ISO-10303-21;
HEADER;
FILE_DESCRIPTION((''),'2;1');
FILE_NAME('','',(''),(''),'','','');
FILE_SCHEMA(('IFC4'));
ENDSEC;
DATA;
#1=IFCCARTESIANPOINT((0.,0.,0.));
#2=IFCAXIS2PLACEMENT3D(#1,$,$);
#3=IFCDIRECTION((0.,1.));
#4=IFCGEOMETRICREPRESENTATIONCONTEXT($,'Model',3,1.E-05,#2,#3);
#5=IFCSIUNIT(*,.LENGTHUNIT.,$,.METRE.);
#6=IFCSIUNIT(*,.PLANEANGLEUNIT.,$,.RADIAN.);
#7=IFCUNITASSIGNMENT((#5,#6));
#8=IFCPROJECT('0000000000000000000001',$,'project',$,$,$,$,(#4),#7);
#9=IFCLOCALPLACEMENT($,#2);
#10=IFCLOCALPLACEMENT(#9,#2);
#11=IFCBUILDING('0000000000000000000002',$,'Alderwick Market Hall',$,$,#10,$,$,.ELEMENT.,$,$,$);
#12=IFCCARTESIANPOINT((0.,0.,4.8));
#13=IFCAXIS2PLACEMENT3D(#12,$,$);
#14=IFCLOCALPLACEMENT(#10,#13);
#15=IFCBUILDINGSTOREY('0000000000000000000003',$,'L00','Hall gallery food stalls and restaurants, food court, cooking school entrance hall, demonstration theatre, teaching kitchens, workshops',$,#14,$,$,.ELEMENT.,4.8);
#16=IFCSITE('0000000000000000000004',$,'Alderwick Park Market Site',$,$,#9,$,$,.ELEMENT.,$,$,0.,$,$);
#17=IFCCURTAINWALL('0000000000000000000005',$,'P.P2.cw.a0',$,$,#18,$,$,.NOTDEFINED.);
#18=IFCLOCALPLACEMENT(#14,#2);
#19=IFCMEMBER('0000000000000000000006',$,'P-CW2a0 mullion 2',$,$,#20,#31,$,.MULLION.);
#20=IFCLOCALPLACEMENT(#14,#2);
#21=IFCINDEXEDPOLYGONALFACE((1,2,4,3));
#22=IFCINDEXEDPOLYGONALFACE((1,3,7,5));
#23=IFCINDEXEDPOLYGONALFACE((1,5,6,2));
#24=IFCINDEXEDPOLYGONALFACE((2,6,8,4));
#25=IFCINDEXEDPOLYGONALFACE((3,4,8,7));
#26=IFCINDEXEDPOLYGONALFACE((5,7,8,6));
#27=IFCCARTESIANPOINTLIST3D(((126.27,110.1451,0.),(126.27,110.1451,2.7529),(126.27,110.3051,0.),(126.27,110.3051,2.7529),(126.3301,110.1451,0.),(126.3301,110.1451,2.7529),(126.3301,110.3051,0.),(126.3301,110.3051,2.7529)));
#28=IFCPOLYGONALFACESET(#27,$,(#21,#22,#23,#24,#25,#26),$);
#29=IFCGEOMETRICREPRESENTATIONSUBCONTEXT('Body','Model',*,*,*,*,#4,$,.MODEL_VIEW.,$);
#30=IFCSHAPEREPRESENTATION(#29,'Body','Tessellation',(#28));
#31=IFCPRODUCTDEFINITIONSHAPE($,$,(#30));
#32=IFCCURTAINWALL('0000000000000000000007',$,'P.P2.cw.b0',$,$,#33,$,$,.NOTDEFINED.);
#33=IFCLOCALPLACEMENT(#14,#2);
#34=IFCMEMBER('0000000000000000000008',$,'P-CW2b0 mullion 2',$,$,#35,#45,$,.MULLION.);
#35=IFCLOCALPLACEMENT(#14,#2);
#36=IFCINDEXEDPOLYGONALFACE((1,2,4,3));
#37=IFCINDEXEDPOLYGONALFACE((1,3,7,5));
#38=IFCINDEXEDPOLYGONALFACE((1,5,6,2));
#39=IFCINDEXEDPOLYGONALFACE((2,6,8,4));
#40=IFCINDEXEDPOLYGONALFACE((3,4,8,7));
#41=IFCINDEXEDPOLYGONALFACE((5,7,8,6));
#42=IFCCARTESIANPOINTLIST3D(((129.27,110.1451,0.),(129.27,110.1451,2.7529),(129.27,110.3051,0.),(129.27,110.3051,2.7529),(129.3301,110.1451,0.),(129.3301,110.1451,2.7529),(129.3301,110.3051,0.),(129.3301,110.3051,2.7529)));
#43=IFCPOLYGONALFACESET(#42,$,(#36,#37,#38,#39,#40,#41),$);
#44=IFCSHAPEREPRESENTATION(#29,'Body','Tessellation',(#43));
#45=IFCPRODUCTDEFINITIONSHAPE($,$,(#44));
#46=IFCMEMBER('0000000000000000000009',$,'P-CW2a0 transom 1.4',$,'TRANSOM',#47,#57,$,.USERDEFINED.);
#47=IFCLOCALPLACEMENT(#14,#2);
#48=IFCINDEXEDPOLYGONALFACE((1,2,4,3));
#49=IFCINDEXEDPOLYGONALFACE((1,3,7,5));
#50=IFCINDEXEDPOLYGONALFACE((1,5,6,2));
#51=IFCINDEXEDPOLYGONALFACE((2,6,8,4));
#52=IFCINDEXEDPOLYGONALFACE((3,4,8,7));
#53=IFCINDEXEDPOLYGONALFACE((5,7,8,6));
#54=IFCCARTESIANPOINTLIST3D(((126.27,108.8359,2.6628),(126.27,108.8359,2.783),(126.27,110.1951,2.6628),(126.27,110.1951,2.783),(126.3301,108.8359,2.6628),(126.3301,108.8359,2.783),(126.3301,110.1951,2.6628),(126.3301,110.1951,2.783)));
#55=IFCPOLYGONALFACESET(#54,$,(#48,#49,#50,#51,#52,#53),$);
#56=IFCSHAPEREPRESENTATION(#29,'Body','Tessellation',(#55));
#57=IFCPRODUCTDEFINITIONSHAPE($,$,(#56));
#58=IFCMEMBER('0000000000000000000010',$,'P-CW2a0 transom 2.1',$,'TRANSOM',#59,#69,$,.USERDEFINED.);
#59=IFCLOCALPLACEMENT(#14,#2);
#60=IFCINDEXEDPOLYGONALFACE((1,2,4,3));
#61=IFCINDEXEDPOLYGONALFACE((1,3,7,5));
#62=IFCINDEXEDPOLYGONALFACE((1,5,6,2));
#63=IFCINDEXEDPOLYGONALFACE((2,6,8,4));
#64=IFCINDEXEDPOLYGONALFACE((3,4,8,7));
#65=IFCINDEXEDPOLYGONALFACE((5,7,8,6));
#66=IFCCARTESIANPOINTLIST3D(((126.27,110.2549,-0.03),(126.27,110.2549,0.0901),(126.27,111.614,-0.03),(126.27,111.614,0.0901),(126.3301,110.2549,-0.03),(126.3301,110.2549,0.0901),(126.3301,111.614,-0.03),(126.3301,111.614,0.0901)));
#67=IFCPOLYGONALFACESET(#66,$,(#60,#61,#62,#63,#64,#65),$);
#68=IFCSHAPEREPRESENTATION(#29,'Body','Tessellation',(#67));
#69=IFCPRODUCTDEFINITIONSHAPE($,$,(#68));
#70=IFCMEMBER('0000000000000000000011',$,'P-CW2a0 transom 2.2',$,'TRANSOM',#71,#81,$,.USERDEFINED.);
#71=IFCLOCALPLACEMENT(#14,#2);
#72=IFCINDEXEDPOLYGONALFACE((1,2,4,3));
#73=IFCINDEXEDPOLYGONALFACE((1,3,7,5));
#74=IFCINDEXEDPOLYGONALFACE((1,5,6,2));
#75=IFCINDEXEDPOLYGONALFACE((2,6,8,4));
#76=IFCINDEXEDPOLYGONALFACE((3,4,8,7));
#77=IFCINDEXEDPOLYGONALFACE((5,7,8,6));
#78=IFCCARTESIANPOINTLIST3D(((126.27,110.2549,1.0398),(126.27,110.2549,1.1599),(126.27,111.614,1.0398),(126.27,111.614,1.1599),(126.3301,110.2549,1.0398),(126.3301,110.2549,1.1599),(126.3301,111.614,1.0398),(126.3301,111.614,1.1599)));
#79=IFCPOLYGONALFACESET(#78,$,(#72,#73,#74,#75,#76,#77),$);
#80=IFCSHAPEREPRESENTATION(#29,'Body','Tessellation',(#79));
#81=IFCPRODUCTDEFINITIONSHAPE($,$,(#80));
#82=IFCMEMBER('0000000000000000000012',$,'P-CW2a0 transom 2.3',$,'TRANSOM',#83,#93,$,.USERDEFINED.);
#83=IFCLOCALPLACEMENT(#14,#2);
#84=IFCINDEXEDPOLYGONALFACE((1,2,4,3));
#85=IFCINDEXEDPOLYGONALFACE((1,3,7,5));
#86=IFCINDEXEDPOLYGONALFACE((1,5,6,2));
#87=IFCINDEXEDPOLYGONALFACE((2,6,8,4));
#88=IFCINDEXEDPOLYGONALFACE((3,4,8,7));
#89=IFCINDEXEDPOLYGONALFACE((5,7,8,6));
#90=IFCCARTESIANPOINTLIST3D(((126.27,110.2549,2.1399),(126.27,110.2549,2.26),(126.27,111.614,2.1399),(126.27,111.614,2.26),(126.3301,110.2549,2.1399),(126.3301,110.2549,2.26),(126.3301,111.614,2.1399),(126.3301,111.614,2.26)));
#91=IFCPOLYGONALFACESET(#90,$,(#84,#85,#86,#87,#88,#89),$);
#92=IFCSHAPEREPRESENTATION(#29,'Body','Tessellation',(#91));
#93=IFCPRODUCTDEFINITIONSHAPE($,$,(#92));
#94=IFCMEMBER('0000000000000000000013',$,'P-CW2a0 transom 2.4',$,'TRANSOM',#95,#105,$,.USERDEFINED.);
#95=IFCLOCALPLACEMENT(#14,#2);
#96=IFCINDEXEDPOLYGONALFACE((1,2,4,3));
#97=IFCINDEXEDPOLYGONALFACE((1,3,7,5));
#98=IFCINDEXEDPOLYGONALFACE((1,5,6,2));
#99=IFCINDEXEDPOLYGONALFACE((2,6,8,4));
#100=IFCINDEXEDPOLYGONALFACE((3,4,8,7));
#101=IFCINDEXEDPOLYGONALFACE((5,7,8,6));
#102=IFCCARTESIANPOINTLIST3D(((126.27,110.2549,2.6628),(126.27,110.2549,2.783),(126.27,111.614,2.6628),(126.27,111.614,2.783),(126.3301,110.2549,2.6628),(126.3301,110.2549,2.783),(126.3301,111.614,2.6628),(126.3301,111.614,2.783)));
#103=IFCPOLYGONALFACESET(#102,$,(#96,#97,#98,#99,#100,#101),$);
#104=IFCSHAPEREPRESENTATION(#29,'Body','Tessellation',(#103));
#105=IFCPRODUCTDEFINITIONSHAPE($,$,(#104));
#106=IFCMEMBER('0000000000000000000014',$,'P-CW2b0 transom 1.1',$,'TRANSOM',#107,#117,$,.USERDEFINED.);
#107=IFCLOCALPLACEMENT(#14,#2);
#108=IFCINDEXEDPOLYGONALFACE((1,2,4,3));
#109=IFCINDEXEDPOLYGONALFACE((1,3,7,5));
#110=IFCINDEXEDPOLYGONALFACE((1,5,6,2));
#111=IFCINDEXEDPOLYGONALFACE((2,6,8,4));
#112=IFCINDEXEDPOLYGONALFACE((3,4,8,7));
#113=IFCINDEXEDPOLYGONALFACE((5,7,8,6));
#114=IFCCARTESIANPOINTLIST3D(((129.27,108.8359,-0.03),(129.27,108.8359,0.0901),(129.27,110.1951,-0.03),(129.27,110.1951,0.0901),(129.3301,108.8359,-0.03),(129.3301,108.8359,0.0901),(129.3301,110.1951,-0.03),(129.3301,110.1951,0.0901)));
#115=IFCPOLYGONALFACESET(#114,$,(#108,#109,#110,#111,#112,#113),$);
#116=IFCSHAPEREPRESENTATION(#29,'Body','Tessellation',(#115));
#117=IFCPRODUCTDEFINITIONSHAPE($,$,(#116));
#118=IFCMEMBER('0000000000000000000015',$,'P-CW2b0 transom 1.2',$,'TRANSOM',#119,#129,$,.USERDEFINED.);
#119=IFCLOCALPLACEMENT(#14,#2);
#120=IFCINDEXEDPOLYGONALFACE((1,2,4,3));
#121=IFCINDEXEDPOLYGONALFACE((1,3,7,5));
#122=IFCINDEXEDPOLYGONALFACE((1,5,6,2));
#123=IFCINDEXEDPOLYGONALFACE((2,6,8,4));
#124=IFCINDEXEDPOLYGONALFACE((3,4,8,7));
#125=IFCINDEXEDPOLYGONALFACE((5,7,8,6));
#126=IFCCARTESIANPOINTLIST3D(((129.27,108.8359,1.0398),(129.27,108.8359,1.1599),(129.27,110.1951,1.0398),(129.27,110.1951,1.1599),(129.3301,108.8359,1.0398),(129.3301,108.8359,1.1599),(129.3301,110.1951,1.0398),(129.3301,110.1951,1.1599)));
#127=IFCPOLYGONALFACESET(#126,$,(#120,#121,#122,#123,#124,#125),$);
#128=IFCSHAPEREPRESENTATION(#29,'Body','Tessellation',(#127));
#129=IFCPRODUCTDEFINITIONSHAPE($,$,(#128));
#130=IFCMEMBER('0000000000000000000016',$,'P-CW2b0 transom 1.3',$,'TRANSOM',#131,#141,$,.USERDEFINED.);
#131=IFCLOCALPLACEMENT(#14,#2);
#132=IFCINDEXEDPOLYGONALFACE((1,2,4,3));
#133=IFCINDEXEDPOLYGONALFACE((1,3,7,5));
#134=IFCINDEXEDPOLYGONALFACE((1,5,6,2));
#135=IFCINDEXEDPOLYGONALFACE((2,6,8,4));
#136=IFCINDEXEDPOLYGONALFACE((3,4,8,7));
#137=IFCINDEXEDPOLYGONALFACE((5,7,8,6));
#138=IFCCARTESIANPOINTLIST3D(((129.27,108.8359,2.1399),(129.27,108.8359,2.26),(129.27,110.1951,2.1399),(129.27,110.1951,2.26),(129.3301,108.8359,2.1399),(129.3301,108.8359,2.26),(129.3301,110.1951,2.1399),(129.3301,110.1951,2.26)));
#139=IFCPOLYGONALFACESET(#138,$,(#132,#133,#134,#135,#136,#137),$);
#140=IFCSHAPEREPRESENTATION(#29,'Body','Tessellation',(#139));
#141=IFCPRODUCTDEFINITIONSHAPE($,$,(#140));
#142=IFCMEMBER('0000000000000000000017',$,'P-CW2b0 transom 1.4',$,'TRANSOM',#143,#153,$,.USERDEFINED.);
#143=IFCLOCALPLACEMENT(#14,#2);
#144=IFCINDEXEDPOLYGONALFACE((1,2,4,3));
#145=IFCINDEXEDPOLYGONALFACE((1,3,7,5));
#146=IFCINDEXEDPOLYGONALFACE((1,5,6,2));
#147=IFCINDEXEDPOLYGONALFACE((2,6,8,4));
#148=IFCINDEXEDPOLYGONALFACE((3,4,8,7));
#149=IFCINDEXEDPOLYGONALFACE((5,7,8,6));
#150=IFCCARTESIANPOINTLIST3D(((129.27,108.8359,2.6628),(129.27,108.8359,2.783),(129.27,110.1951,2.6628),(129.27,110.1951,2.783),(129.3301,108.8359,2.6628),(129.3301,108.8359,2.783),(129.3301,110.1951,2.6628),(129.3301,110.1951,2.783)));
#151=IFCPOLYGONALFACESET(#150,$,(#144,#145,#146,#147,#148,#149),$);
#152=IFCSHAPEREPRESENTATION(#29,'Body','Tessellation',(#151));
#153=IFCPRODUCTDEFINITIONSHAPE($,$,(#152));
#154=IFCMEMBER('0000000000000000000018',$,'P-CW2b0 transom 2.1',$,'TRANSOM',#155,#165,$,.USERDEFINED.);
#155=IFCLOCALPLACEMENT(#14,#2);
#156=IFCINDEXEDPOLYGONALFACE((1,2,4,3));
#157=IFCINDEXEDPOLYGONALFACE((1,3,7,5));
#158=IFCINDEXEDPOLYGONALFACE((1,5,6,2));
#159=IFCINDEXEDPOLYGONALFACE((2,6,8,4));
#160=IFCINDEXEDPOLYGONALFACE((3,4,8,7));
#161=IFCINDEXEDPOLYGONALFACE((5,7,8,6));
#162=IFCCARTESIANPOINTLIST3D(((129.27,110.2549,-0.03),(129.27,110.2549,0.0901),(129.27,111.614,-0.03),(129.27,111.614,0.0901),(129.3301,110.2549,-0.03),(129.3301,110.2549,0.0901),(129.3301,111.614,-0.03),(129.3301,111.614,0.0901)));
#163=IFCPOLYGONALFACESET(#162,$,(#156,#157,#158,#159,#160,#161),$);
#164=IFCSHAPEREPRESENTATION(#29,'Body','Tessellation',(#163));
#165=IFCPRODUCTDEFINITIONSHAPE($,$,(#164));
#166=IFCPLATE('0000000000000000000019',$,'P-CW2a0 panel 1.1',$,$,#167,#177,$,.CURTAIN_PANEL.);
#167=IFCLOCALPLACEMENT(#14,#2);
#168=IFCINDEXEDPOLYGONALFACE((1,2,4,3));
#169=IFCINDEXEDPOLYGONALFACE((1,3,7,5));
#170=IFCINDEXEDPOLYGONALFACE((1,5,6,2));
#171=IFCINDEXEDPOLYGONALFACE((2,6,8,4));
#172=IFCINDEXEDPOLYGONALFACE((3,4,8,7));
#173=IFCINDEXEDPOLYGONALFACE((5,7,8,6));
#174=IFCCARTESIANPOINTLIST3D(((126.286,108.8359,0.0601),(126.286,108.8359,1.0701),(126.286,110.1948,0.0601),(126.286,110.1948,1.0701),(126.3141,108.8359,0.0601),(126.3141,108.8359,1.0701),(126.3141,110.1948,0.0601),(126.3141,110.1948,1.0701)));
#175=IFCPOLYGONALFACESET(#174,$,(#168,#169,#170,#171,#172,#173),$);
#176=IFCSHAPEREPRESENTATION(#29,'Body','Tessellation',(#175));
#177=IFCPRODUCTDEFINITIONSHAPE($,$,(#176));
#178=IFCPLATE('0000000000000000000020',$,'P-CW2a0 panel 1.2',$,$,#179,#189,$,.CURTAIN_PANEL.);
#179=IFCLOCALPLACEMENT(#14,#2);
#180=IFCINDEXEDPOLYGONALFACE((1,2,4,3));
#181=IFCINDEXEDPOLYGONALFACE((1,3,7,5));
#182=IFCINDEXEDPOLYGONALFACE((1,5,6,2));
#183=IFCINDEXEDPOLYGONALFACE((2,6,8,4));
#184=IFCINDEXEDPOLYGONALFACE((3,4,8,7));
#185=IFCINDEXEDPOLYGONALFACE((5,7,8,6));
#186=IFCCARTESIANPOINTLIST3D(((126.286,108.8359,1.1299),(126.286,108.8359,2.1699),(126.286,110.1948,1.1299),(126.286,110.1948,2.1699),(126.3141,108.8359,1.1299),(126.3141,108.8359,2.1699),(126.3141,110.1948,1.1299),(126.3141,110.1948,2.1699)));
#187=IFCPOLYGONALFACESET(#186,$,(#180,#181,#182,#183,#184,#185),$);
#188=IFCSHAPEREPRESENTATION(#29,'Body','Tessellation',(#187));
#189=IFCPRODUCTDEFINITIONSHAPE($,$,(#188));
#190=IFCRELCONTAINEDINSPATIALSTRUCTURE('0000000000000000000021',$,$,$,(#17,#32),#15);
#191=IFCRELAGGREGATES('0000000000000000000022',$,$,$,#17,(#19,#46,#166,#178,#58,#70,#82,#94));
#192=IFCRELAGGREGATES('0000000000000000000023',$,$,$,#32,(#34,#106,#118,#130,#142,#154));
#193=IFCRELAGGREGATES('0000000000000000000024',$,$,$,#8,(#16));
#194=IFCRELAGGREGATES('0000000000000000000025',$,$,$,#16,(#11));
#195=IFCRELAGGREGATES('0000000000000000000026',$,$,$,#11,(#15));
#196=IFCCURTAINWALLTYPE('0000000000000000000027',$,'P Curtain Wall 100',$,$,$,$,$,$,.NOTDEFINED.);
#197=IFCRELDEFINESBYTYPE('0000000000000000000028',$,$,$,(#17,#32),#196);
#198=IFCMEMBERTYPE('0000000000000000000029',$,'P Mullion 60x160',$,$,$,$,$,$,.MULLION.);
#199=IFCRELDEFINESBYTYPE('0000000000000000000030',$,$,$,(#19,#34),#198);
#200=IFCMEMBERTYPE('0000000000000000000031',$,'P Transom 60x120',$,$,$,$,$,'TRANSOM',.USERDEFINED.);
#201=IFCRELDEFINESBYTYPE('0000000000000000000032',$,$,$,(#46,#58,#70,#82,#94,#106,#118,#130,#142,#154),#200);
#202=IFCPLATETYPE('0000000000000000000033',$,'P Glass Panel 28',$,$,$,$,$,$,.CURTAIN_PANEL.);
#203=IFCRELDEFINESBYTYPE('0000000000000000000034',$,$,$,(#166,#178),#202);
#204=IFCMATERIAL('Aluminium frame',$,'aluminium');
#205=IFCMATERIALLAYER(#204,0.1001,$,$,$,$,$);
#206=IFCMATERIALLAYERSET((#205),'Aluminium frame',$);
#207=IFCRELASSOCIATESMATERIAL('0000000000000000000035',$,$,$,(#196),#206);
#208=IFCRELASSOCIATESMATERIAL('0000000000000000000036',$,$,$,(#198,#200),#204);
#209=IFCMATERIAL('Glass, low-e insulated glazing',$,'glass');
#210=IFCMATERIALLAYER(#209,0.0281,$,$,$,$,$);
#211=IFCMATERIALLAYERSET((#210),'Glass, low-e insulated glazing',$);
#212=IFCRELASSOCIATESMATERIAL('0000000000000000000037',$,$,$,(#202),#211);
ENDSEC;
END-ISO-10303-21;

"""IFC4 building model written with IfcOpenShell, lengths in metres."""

from ifc_helpers import new_model, si_unit, direction, frame, origin, origin_2d, place, context, subcontext, project, spatial, rectangle, extrude, material, layer, layer_set, material_profile, profile_set, type_object, element, aggregate, save


model = new_model("IFC4")

# Units and contexts
model_context = context("Model", 3, precision=1e-05, world=origin(), true_north=direction((0.0, 1.0)))
body_context = subcontext(model_context, "Body", "Model", "MODEL_VIEW")
ifc_project = project(units=[si_unit("LENGTHUNIT", "METRE"), si_unit("PLANEANGLEUNIT", "RADIAN")], contexts=[model_context])

# Site, building, storey
site_placement = place(None, origin())
site = spatial("IfcSite", under=ifc_project, at=site_placement, Name="Alderwick Park Market Site", CompositionType="ELEMENT", RefElevation=0.0)
building_placement = place(site_placement, origin())
building = spatial("IfcBuilding", under=site, at=building_placement, Name="Alderwick Market Hall", CompositionType="ELEMENT")
storey_placement = place(building_placement, frame((0.0, 0.0, 4.8)))
storey = spatial("IfcBuildingStorey", under=building, at=storey_placement, Name="L00", Description="Hall gallery food stalls and restaurants, food court, cooking school entrance hall, demonstration theatre, teaching kitchens, workshops", CompositionType="ELEMENT", Elevation=4.8)

# Curtain walls, members
ifc_material_1 = material(Name="Aluminium frame", Category="aluminium")
ifc_layer_1 = layer(ifc_material_1, 0.1001)
ifc_layer_set_1 = layer_set([ifc_layer_1], Name="Aluminium frame")
curtain_wall_type = type_object("IfcCurtainWallType", Name="P Curtain Wall 100", PredefinedType="NOTDEFINED", material=ifc_layer_set_1)
curtain_wall_1_placement = place(storey_placement, origin())
curtain_wall_1 = element("IfcCurtainWall", 1, at=curtain_wall_1_placement, inside=storey, type_object=curtain_wall_type, Name="P.P2.cw.a0", PredefinedType="NOTDEFINED")
ifc_material_profile_1 = material_profile(ifc_material_1, rectangle(XDim=0.0601, YDim=0.1599, at=origin_2d()), Name="P Mullion 60x160")
ifc_profile_set_1 = profile_set([ifc_material_profile_1], Name="Aluminium frame")
member_type_1 = type_object("IfcMemberType", Name="P Mullion 60x160", PredefinedType="MULLION", material=ifc_profile_set_1)
member_1_placement = place(storey_placement, frame((126.3, 110.2251, 0.0), z_axis=(0.0, 0.0, 1.0), x_axis=(-1.0, 0.0, 0.0)))
member_1 = element("IfcMember", 2, at=member_1_placement, type_object=member_type_1, Name="P-CW2a0 mullion 2", PredefinedType="MULLION", context=body_context, shape_type="SweptSolid", body=[
    extrude(rectangle(XDim=0.0601, YDim=0.1599, at=origin_2d()), origin(), (0.0, 0.0, 1.0), 2.7529),
])
curtain_wall_2_placement = place(storey_placement, origin())
curtain_wall_2 = element("IfcCurtainWall", 3, at=curtain_wall_2_placement, inside=storey, type_object=curtain_wall_type, Name="P.P2.cw.b0", PredefinedType="NOTDEFINED")
member_2_placement = place(storey_placement, frame((129.3, 110.2251, 0.0), z_axis=(0.0, 0.0, 1.0), x_axis=(-1.0, 0.0, 0.0)))
member_2 = element("IfcMember", 4, at=member_2_placement, type_object=member_type_1, Name="P-CW2b0 mullion 2", PredefinedType="MULLION", context=body_context, shape_type="SweptSolid", body=[
    extrude(rectangle(XDim=0.0601, YDim=0.1599, at=origin_2d()), origin(), (0.0, 0.0, 1.0), 2.7529),
])

# Members
ifc_material_profile_2 = material_profile(ifc_material_1, rectangle(XDim=0.0601, YDim=0.1201, at=origin_2d()), Name="P Transom 60x120")
ifc_profile_set_2 = profile_set([ifc_material_profile_2], Name="Aluminium frame")
member_type_2 = type_object("IfcMemberType", Name="P Transom 60x120", ElementType="TRANSOM", PredefinedType="USERDEFINED", material=ifc_profile_set_2)
member_3_placement = place(storey_placement, frame((126.3, 108.8359, 2.7229), z_axis=(0.0, 1.0, 0.0), x_axis=(-1.0, 0.0, 0.0)))
member_3 = element("IfcMember", 5, at=member_3_placement, type_object=member_type_2, Name="P-CW2a0 transom 1.4", ObjectType="TRANSOM", PredefinedType="USERDEFINED", context=body_context, shape_type="SweptSolid", body=[
    extrude(rectangle(XDim=0.0601, YDim=0.1201, at=origin_2d()), origin(), (0.0, 0.0, 1.0), 1.3591),
])
member_4_placement = place(storey_placement, frame((126.3, 110.2549, 0.03), z_axis=(0.0, 1.0, 0.0), x_axis=(-1.0, 0.0, 0.0)))
member_4 = element("IfcMember", 6, at=member_4_placement, type_object=member_type_2, Name="P-CW2a0 transom 2.1", ObjectType="TRANSOM", PredefinedType="USERDEFINED", context=body_context, shape_type="SweptSolid", body=[
    extrude(rectangle(XDim=0.0601, YDim=0.1201, at=origin_2d()), origin(), (0.0, 0.0, 1.0), 1.3591),
])
member_5_placement = place(storey_placement, frame((126.3, 110.2549, 1.0999), z_axis=(0.0, 1.0, 0.0), x_axis=(-1.0, 0.0, 0.0)))
member_5 = element("IfcMember", 7, at=member_5_placement, type_object=member_type_2, Name="P-CW2a0 transom 2.2", ObjectType="TRANSOM", PredefinedType="USERDEFINED", context=body_context, shape_type="SweptSolid", body=[
    extrude(rectangle(XDim=0.0601, YDim=0.1201, at=origin_2d()), origin(), (0.0, 0.0, 1.0), 1.3591),
])
member_6_placement = place(storey_placement, frame((126.3, 110.2549, 2.2), z_axis=(0.0, 1.0, 0.0), x_axis=(-1.0, 0.0, 0.0)))
member_6 = element("IfcMember", 8, at=member_6_placement, type_object=member_type_2, Name="P-CW2a0 transom 2.3", ObjectType="TRANSOM", PredefinedType="USERDEFINED", context=body_context, shape_type="SweptSolid", body=[
    extrude(rectangle(XDim=0.0601, YDim=0.1201, at=origin_2d()), origin(), (0.0, 0.0, 1.0), 1.3591),
])
member_7_placement = place(storey_placement, frame((126.3, 110.2549, 2.7229), z_axis=(0.0, 1.0, 0.0), x_axis=(-1.0, 0.0, 0.0)))
member_7 = element("IfcMember", 9, at=member_7_placement, type_object=member_type_2, Name="P-CW2a0 transom 2.4", ObjectType="TRANSOM", PredefinedType="USERDEFINED", context=body_context, shape_type="SweptSolid", body=[
    extrude(rectangle(XDim=0.0601, YDim=0.1201, at=origin_2d()), origin(), (0.0, 0.0, 1.0), 1.3591),
])
member_8_placement = place(storey_placement, frame((129.3, 108.8359, 0.03), z_axis=(0.0, 1.0, 0.0), x_axis=(-1.0, 0.0, 0.0)))
member_8 = element("IfcMember", 10, at=member_8_placement, type_object=member_type_2, Name="P-CW2b0 transom 1.1", ObjectType="TRANSOM", PredefinedType="USERDEFINED", context=body_context, shape_type="SweptSolid", body=[
    extrude(rectangle(XDim=0.0601, YDim=0.1201, at=origin_2d()), origin(), (0.0, 0.0, 1.0), 1.3591),
])
member_9_placement = place(storey_placement, frame((129.3, 108.8359, 1.0999), z_axis=(0.0, 1.0, 0.0), x_axis=(-1.0, 0.0, 0.0)))
member_9 = element("IfcMember", 11, at=member_9_placement, type_object=member_type_2, Name="P-CW2b0 transom 1.2", ObjectType="TRANSOM", PredefinedType="USERDEFINED", context=body_context, shape_type="SweptSolid", body=[
    extrude(rectangle(XDim=0.0601, YDim=0.1201, at=origin_2d()), origin(), (0.0, 0.0, 1.0), 1.3591),
])
member_10_placement = place(storey_placement, frame((129.3, 108.8359, 2.2), z_axis=(0.0, 1.0, 0.0), x_axis=(-1.0, 0.0, 0.0)))
member_10 = element("IfcMember", 12, at=member_10_placement, type_object=member_type_2, Name="P-CW2b0 transom 1.3", ObjectType="TRANSOM", PredefinedType="USERDEFINED", context=body_context, shape_type="SweptSolid", body=[
    extrude(rectangle(XDim=0.0601, YDim=0.1201, at=origin_2d()), origin(), (0.0, 0.0, 1.0), 1.3591),
])
member_11_placement = place(storey_placement, frame((129.3, 108.8359, 2.7229), z_axis=(0.0, 1.0, 0.0), x_axis=(-1.0, 0.0, 0.0)))
member_11 = element("IfcMember", 13, at=member_11_placement, type_object=member_type_2, Name="P-CW2b0 transom 1.4", ObjectType="TRANSOM", PredefinedType="USERDEFINED", context=body_context, shape_type="SweptSolid", body=[
    extrude(rectangle(XDim=0.0601, YDim=0.1201, at=origin_2d()), origin(), (0.0, 0.0, 1.0), 1.3591),
])
member_12_placement = place(storey_placement, frame((129.3, 110.2549, 0.03), z_axis=(0.0, 1.0, 0.0), x_axis=(-1.0, 0.0, 0.0)))
member_12 = element("IfcMember", 14, at=member_12_placement, type_object=member_type_2, Name="P-CW2b0 transom 2.1", ObjectType="TRANSOM", PredefinedType="USERDEFINED", context=body_context, shape_type="SweptSolid", body=[
    extrude(rectangle(XDim=0.0601, YDim=0.1201, at=origin_2d()), origin(), (0.0, 0.0, 1.0), 1.3591),
])

# Plates
ifc_material_2 = material(Name="Glass, low-e insulated glazing", Category="glass")
ifc_layer_2 = layer(ifc_material_2, 0.0281)
ifc_layer_set_2 = layer_set([ifc_layer_2], Name="Glass, low-e insulated glazing")
plate_type = type_object("IfcPlateType", Name="P Glass Panel 28", PredefinedType="CURTAIN_PANEL", material=ifc_layer_set_2)
plate_1_placement = place(storey_placement, frame((126.3, 109.5154, 0.0601), z_axis=(0.0, 0.0, 1.0), x_axis=(0.0, 1.0, 0.0)))
plate_1 = element("IfcPlate", 15, at=plate_1_placement, type_object=plate_type, Name="P-CW2a0 panel 1.1", PredefinedType="CURTAIN_PANEL", context=body_context, shape_type="SweptSolid", body=[
    extrude(rectangle(XDim=1.3589, YDim=0.0281, at=origin_2d()), origin(), (0.0, 0.0, 1.0), 1.01),
])
plate_2_placement = place(storey_placement, frame((126.3, 109.5154, 1.1299), z_axis=(0.0, 0.0, 1.0), x_axis=(0.0, 1.0, 0.0)))
plate_2 = element("IfcPlate", 16, at=plate_2_placement, type_object=plate_type, Name="P-CW2a0 panel 1.2", PredefinedType="CURTAIN_PANEL", context=body_context, shape_type="SweptSolid", body=[
    extrude(rectangle(XDim=1.3589, YDim=0.0281, at=origin_2d()), origin(), (0.0, 0.0, 1.0), 1.04),
])
aggregate(curtain_wall_1, [member_1, member_3, plate_1, plate_2, member_4, member_5, member_6, member_7])
aggregate(curtain_wall_2, [member_2, member_8, member_9, member_10, member_11, member_12])

save(model, "model.ifc")
